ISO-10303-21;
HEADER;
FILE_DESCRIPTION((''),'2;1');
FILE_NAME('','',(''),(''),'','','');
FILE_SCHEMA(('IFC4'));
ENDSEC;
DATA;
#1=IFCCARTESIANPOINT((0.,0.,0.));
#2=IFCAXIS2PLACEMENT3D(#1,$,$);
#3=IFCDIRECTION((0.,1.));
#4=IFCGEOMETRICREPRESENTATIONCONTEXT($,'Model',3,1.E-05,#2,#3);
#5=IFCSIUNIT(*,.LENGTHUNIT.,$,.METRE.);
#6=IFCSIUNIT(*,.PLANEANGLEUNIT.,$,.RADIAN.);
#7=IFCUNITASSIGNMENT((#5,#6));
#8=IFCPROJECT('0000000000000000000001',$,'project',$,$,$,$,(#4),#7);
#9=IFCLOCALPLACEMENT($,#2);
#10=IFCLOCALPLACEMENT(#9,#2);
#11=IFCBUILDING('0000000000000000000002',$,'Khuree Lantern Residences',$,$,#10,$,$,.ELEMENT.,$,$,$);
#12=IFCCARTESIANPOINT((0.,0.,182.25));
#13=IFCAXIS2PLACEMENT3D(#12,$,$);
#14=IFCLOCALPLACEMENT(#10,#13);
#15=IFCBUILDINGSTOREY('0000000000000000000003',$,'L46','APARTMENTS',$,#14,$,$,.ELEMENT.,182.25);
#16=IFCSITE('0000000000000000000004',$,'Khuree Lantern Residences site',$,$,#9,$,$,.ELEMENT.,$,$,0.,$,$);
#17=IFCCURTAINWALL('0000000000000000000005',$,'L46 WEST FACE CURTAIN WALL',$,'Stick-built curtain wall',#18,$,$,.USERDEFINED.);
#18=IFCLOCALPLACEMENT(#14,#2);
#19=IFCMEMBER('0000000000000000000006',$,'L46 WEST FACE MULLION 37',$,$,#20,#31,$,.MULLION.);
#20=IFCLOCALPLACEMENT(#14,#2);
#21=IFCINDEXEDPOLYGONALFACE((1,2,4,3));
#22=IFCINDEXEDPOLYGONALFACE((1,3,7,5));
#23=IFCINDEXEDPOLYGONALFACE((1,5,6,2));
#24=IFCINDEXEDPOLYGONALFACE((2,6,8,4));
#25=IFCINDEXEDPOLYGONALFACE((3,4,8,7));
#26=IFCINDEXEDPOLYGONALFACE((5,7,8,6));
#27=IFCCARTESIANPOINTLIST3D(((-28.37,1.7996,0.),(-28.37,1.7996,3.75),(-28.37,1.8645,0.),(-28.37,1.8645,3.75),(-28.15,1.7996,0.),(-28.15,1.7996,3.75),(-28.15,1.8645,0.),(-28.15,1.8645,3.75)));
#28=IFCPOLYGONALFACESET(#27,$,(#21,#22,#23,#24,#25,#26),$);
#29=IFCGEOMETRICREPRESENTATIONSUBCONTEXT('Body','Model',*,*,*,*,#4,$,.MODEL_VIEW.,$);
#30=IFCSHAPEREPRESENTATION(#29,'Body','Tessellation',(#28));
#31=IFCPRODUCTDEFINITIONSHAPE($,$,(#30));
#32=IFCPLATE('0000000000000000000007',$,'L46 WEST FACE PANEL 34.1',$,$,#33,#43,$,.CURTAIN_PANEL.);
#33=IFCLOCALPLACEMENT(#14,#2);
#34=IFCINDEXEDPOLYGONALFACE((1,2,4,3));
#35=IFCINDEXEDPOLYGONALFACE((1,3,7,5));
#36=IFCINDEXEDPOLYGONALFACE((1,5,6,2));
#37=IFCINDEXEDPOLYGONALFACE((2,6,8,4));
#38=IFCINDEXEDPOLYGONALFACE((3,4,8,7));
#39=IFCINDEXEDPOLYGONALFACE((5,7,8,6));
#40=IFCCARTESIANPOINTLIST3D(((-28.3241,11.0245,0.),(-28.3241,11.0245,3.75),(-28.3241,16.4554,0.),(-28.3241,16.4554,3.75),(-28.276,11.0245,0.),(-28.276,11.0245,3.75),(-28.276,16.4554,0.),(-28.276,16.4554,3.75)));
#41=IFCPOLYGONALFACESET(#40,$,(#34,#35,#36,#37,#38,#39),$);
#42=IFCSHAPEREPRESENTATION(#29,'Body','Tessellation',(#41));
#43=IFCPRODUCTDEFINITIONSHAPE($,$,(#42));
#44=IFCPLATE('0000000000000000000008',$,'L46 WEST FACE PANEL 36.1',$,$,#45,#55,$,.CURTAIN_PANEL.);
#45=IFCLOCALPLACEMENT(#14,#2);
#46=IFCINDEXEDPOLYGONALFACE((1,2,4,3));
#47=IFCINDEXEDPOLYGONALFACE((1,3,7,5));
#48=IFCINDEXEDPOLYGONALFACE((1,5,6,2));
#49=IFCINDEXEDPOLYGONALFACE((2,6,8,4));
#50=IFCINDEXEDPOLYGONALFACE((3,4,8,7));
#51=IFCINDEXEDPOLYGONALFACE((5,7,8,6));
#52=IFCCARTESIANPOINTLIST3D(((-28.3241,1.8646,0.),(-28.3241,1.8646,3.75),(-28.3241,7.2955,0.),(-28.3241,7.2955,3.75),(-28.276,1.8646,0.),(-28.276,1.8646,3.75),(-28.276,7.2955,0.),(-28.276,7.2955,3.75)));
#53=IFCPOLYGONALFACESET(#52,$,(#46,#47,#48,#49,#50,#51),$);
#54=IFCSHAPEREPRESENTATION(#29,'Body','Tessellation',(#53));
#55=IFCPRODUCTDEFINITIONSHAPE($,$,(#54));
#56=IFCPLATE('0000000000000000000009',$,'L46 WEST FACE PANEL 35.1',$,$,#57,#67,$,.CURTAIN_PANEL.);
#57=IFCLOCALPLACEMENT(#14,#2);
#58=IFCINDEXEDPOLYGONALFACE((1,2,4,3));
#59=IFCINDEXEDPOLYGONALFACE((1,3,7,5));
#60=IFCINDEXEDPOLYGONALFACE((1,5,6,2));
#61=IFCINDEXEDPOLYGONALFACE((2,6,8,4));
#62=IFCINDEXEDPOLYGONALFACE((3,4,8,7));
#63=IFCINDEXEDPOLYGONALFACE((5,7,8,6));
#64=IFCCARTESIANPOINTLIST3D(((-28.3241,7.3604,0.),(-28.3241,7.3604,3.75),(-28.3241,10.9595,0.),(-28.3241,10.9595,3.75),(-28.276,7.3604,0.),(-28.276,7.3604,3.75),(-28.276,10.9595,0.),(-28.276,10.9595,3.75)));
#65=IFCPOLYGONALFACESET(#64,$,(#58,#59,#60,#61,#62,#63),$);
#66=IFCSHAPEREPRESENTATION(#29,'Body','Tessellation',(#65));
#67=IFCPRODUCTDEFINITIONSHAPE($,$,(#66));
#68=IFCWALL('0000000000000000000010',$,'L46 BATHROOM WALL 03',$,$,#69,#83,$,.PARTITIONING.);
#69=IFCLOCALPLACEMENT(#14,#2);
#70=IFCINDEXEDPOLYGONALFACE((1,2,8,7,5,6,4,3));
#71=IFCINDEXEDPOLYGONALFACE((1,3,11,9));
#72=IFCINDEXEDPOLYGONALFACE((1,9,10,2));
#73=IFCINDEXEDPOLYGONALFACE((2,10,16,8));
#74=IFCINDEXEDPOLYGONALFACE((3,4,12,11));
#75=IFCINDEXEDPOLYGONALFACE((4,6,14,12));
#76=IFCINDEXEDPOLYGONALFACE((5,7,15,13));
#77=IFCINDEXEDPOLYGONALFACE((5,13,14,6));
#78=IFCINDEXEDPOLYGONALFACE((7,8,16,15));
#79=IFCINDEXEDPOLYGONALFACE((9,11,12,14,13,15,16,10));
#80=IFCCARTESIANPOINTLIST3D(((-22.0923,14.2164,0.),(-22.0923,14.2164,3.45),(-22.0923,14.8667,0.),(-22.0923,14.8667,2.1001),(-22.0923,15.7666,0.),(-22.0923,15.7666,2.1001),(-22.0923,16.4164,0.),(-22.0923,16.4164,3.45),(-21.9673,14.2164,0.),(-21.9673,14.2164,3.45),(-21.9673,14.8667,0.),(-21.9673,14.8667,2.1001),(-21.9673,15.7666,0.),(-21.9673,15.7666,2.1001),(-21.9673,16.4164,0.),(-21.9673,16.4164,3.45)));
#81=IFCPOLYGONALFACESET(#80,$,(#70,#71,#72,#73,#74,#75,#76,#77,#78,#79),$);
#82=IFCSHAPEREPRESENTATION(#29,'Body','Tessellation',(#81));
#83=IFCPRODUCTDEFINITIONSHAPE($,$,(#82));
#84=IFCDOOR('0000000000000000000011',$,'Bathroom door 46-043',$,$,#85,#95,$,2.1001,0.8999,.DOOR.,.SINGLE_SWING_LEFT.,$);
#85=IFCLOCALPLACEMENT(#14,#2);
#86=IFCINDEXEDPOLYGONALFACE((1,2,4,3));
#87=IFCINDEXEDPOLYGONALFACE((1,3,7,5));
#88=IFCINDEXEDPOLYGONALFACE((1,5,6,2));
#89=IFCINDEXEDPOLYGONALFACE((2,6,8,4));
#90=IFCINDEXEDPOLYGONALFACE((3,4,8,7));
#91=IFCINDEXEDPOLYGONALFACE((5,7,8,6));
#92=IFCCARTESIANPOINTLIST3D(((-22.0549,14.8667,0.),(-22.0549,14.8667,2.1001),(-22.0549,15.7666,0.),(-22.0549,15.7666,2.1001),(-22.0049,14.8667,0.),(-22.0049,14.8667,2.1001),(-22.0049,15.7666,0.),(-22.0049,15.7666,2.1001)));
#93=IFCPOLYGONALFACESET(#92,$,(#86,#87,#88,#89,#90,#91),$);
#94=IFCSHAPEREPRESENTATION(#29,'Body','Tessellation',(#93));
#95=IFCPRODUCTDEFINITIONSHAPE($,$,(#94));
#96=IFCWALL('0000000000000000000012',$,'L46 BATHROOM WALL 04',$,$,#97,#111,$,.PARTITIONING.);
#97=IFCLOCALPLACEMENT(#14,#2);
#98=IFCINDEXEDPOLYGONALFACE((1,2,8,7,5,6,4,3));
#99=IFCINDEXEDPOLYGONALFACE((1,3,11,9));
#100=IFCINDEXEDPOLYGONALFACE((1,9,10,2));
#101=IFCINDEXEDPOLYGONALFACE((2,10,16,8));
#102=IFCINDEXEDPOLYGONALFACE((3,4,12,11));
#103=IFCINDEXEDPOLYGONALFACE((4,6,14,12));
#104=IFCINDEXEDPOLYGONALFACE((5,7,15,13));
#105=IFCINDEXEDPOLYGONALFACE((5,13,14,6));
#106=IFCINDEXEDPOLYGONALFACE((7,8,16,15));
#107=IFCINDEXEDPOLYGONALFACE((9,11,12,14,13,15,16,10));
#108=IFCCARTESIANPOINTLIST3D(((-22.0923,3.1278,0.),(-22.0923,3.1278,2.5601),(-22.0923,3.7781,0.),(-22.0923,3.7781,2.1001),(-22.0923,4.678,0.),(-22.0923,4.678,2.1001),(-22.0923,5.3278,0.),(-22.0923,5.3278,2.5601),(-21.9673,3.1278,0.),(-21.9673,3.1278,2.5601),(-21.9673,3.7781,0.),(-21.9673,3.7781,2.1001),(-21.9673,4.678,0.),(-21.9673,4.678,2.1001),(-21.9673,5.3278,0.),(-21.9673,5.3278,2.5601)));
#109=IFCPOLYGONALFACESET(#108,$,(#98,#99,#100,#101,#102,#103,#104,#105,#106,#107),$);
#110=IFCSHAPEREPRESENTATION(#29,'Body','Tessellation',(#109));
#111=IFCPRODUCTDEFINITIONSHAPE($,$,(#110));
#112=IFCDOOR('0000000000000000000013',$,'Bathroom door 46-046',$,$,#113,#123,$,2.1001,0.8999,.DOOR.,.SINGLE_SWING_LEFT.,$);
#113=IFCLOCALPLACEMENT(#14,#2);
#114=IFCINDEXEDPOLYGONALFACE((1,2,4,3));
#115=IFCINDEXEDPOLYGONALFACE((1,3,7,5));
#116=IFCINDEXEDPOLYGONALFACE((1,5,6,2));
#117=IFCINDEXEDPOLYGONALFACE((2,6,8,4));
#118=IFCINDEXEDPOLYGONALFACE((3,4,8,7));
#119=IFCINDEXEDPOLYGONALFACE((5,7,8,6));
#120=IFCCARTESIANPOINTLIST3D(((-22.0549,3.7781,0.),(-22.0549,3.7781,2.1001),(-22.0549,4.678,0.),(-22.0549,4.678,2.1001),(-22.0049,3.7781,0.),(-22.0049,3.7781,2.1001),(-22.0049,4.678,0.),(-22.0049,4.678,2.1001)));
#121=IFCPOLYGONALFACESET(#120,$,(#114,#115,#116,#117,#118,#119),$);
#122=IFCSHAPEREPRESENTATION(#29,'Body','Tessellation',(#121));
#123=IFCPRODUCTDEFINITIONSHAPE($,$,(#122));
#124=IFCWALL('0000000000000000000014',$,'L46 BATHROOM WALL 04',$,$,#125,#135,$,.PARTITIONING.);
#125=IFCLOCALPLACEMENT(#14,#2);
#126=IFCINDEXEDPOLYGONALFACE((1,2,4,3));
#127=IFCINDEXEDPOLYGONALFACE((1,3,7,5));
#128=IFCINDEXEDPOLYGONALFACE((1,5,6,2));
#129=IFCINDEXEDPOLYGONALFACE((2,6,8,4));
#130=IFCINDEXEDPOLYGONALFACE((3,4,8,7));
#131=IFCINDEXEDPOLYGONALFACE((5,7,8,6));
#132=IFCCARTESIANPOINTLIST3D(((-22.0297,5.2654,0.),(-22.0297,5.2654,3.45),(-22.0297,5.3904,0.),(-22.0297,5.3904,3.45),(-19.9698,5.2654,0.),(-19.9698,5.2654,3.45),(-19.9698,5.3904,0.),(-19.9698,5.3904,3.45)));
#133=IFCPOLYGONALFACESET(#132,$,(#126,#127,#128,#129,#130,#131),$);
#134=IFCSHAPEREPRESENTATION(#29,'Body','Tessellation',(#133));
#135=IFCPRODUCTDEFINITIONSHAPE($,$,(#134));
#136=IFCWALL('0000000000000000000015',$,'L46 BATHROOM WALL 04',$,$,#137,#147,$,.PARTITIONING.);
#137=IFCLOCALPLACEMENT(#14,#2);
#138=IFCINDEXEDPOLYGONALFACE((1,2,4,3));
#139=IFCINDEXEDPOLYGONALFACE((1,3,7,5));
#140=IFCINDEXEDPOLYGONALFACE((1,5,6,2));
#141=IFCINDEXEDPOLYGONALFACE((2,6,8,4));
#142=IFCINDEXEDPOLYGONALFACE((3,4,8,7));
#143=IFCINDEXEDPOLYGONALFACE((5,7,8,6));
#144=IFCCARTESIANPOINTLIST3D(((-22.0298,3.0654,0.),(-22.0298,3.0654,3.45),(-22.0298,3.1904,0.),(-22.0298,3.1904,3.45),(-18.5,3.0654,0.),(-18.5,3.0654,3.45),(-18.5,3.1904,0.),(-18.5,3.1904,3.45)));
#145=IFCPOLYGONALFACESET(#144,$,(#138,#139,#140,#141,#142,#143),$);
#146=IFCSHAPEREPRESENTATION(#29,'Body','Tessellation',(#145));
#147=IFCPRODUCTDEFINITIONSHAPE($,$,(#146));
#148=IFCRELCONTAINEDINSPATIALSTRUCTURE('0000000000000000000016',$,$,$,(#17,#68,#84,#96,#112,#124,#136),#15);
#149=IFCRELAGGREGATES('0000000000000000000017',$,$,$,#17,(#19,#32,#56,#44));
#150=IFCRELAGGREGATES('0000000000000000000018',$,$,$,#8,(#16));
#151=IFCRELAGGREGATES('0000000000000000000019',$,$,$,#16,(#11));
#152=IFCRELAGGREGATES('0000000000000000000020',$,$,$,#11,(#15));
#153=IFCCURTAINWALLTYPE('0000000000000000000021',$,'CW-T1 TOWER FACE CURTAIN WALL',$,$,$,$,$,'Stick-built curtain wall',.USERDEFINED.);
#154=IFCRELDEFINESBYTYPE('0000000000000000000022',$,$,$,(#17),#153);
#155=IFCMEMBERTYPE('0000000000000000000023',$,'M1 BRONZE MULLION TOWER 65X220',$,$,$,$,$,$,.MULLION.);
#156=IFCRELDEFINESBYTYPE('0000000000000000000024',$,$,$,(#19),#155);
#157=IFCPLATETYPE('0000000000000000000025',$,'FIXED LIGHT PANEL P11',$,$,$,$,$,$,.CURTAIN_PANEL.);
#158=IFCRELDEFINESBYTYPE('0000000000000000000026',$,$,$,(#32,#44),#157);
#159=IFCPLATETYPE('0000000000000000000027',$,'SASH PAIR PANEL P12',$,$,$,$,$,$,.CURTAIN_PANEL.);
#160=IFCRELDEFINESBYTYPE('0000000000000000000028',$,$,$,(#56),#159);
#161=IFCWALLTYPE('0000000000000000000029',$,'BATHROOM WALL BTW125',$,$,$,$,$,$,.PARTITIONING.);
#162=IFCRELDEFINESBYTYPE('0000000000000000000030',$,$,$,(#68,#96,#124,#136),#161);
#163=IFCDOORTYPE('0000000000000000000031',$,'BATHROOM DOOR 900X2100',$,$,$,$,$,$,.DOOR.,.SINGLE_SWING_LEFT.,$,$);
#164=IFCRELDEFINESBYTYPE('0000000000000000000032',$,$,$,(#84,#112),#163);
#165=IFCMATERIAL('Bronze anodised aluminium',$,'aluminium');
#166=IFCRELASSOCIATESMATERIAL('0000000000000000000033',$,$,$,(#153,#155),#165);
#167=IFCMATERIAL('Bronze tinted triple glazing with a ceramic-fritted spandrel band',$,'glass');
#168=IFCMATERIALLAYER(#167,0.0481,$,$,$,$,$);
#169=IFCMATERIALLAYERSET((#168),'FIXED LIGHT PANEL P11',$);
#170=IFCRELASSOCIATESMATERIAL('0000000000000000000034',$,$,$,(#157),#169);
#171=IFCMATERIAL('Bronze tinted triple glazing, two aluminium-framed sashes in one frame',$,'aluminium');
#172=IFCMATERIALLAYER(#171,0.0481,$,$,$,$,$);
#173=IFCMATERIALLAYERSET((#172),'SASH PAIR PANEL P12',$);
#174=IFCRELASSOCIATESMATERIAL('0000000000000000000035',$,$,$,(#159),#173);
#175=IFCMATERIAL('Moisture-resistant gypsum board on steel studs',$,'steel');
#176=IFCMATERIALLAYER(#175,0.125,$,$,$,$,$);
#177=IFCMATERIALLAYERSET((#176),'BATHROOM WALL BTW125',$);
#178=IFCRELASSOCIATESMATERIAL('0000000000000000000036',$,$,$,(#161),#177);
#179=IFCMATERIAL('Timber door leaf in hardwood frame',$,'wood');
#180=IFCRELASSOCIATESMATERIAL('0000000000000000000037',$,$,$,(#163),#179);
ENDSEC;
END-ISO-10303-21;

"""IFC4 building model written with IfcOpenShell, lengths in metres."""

from ifc_helpers import new_model, si_unit, direction, frame, frame_2d, origin, origin_2d, place, context, subcontext, project, spatial, rectangle, extrude, material, layer, layer_set, material_profile, profile_set, type_object, element, fill, aggregate, save


model = new_model("IFC4")

# Units and contexts
model_context = context("Model", 3, precision=1e-05, world=origin(), true_north=direction((0.0, 1.0)))
body_context = subcontext(model_context, "Body", "Model", "MODEL_VIEW")
ifc_project = project(units=[si_unit("LENGTHUNIT", "METRE"), si_unit("PLANEANGLEUNIT", "RADIAN")], contexts=[model_context])

# Site, building, storey
site_placement = place(None, origin())
site = spatial("IfcSite", under=ifc_project, at=site_placement, Name="Khuree Lantern Residences site", CompositionType="ELEMENT", RefElevation=0.0)
building_placement = place(site_placement, origin())
building = spatial("IfcBuilding", under=site, at=building_placement, Name="Khuree Lantern Residences", CompositionType="ELEMENT")
storey_placement = place(building_placement, frame((0.0, 0.0, 182.25)))
storey = spatial("IfcBuildingStorey", under=building, at=storey_placement, Name="L46", Description="APARTMENTS", CompositionType="ELEMENT", Elevation=182.25)

# Curtain wall
ifc_material_1 = material(Name="Bronze anodised aluminium", Category="aluminium")
curtain_wall_type = type_object("IfcCurtainWallType", Name="CW-T1 TOWER FACE CURTAIN WALL", ElementType="Stick-built curtain wall", PredefinedType="USERDEFINED", material=ifc_material_1)
curtain_wall_placement = place(storey_placement, origin())
curtain_wall = element("IfcCurtainWall", 1, at=curtain_wall_placement, inside=storey, type_object=curtain_wall_type, Name="L46 WEST FACE CURTAIN WALL", ObjectType="Stick-built curtain wall", PredefinedType="USERDEFINED")

# Member
ifc_material_profile_1 = material_profile(ifc_material_1, rectangle(XDim=0.0649, YDim=0.22, at=origin_2d()), Name="M1 65X220")
ifc_profile_set_1 = profile_set([ifc_material_profile_1], Name="Bronze anodised aluminium")
member_type_1 = type_object("IfcMemberType", Name="M1 BRONZE MULLION TOWER 65X220", PredefinedType="MULLION", material=ifc_profile_set_1)
member_1_placement = place(storey_placement, frame((-28.26, 1.832, 0.0), z_axis=(0.0, 0.0, 1.0), x_axis=(0.0, -1.0, 0.0)))
member_1 = element("IfcMember", 2, at=member_1_placement, type_object=member_type_1, Name="L46 WEST FACE MULLION 37", PredefinedType="MULLION", context=body_context, shape_type="SweptSolid", body=[
    extrude(rectangle(XDim=0.0649, YDim=0.22, at=origin_2d()), origin(), (0.0, 0.0, 1.0), 3.75),
])

# Plates
ifc_material_2 = material(Name="Bronze tinted triple glazing with a ceramic-fritted spandrel band", Category="glass")
ifc_layer_1 = layer(ifc_material_2, 0.0481)
ifc_layer_set_1 = layer_set([ifc_layer_1], Name="FIXED LIGHT PANEL P11")
plate_type_1 = type_object("IfcPlateType", Name="FIXED LIGHT PANEL P11", PredefinedType="CURTAIN_PANEL", material=ifc_layer_set_1)
plate_1_placement = place(storey_placement, frame((-28.3, 13.74, 0.0), z_axis=(0.0, 0.0, 1.0), x_axis=(0.0, -1.0, 0.0)))
plate_1 = element("IfcPlate", 3, at=plate_1_placement, type_object=plate_type_1, Name="L46 WEST FACE PANEL 34.1", PredefinedType="CURTAIN_PANEL", context=body_context, shape_type="SweptSolid", body=[
    extrude(rectangle(XDim=5.4309, YDim=0.0481, at=origin_2d()), origin(), (0.0, 0.0, 1.0), 3.75),
])
plate_2_placement = place(storey_placement, frame((-28.3, 4.5801, 0.0), z_axis=(0.0, 0.0, 1.0), x_axis=(0.0, -1.0, 0.0)))
plate_2 = element("IfcPlate", 4, at=plate_2_placement, type_object=plate_type_1, Name="L46 WEST FACE PANEL 36.1", PredefinedType="CURTAIN_PANEL", context=body_context, shape_type="SweptSolid", body=[
    extrude(rectangle(XDim=5.4309, YDim=0.0481, at=origin_2d()), origin(), (0.0, 0.0, 1.0), 3.75),
])
ifc_material_3 = material(Name="Bronze tinted triple glazing, two aluminium-framed sashes in one frame", Category="aluminium")
ifc_layer_2 = layer(ifc_material_3, 0.0481)
ifc_layer_set_2 = layer_set([ifc_layer_2], Name="SASH PAIR PANEL P12")
plate_type_2 = type_object("IfcPlateType", Name="SASH PAIR PANEL P12", PredefinedType="CURTAIN_PANEL", material=ifc_layer_set_2)
plate_3_placement = place(storey_placement, frame((-28.3, 9.1599, 0.0), z_axis=(0.0, 0.0, 1.0), x_axis=(0.0, -1.0, 0.0)))
plate_3 = element("IfcPlate", 5, at=plate_3_placement, type_object=plate_type_2, Name="L46 WEST FACE PANEL 35.1", PredefinedType="CURTAIN_PANEL", context=body_context, shape_type="SweptSolid", body=[
    extrude(rectangle(XDim=3.5991, YDim=0.0481, at=origin_2d()), origin(), (0.0, 0.0, 1.0), 3.75),
])
aggregate(curtain_wall, [member_1, plate_1, plate_3, plate_2])

# Walls, openings, doors
ifc_material_4 = material(Name="Moisture-resistant gypsum board on steel studs", Category="steel")
ifc_layer_3 = layer(ifc_material_4, 0.125)
ifc_layer_set_3 = layer_set([ifc_layer_3], Name="BATHROOM WALL BTW125")
wall_type_1 = type_object("IfcWallType", Name="BATHROOM WALL BTW125", PredefinedType="PARTITIONING", material=ifc_layer_set_3)
wall_1_placement = place(storey_placement, frame((-22.0298, 16.4165, 0.0), z_axis=(0.0, 0.0, 1.0), x_axis=(0.0, -1.0, 0.0)))
wall_1 = element("IfcWall", 6, at=wall_1_placement, inside=storey, type_object=wall_type_1, Name="L46 BATHROOM WALL 03", PredefinedType="PARTITIONING", context=body_context, shape_type="SweptSolid", body=[
    extrude(rectangle(XDim=2.2, YDim=0.125, at=frame_2d((1.1001, 0.0))), origin(), (0.0, 0.0, 1.0), 3.45),
])
opening_1_placement = place(wall_1_placement, frame((0.6499, 0.0, 0.0)))
opening_1 = element("IfcOpeningElement", 7, at=opening_1_placement, cuts=wall_1, PredefinedType="OPENING", context=body_context, shape_type="SweptSolid", body=[
    extrude(rectangle(XDim=0.8999, YDim=2.1001, at=frame_2d((0.45, 1.05))), frame((0.0, 0.0725, 0.0), z_axis=(0.0, -1.0, 0.0), x_axis=(1.0, 0.0, 0.0)), (0.0, 0.0, 1.0), 0.145),
])
ifc_material_5 = material(Name="Timber door leaf in hardwood frame", Category="wood")
door_type_1 = type_object("IfcDoorType", Name="BATHROOM DOOR 900X2100", OperationType="SINGLE_SWING_LEFT", PredefinedType="DOOR", material=ifc_material_5)
door_1_placement = place(opening_1_placement, origin())
door_1 = element("IfcDoor", 8, at=door_1_placement, inside=storey, type_object=door_type_1, Name="Bathroom door 46-043", OperationType="SINGLE_SWING_LEFT", OverallHeight=2.1001, OverallWidth=0.8999, PredefinedType="DOOR", context=body_context, shape_type="SweptSolid", body=[
    extrude(rectangle(XDim=0.8999, YDim=2.1001, at=frame_2d((0.45, 1.05))), frame((0.0, 0.0249, 0.0), z_axis=(0.0, -1.0, 0.0), x_axis=(1.0, 0.0, 0.0)), (0.0, 0.0, 1.0), 0.05),
])
fill(opening_1, door_1)
wall_2_placement = place(storey_placement, frame((-22.0298, 5.3279, 0.0), z_axis=(0.0, 0.0, 1.0), x_axis=(0.0, -1.0, 0.0)))
wall_2 = element("IfcWall", 9, at=wall_2_placement, inside=storey, type_object=wall_type_1, Name="L46 BATHROOM WALL 04", PredefinedType="PARTITIONING", context=body_context, shape_type="SweptSolid", body=[
    extrude(rectangle(XDim=2.2, YDim=0.125, at=frame_2d((1.1001, 0.0))), origin(), (0.0, 0.0, 1.0), 2.5601),
])
opening_2_placement = place(wall_2_placement, frame((0.6499, 0.0, 0.0)))
opening_2 = element("IfcOpeningElement", 10, at=opening_2_placement, cuts=wall_2, PredefinedType="OPENING", context=body_context, shape_type="SweptSolid", body=[
    extrude(rectangle(XDim=0.8999, YDim=2.1001, at=frame_2d((0.45, 1.05))), frame((0.0, 0.0725, 0.0), z_axis=(0.0, -1.0, 0.0), x_axis=(1.0, 0.0, 0.0)), (0.0, 0.0, 1.0), 0.145),
])
door_2_placement = place(opening_2_placement, origin())
door_2 = element("IfcDoor", 11, at=door_2_placement, inside=storey, type_object=door_type_1, Name="Bathroom door 46-046", OperationType="SINGLE_SWING_LEFT", OverallHeight=2.1001, OverallWidth=0.8999, PredefinedType="DOOR", context=body_context, shape_type="SweptSolid", body=[
    extrude(rectangle(XDim=0.8999, YDim=2.1001, at=frame_2d((0.45, 1.05))), frame((0.0, 0.0249, 0.0), z_axis=(0.0, -1.0, 0.0), x_axis=(1.0, 0.0, 0.0)), (0.0, 0.0, 1.0), 0.05),
])
fill(opening_2, door_2)

# Walls
wall_3_placement = place(storey_placement, frame((-19.97, 5.3279, 0.0), z_axis=(0.0, 0.0, 1.0), x_axis=(-1.0, 0.0, 0.0)))
element("IfcWall", 12, at=wall_3_placement, inside=storey, type_object=wall_type_1, Name="L46 BATHROOM WALL 04", PredefinedType="PARTITIONING", context=body_context, shape_type="SweptSolid", body=[
    extrude(rectangle(XDim=2.0598, YDim=0.125, at=frame_2d((1.0298, 0.0))), origin(), (0.0, 0.0, 1.0), 3.45),
])
wall_4_placement = place(storey_placement, frame((-18.5, 3.1279, 0.0), z_axis=(0.0, 0.0, 1.0), x_axis=(-1.0, 0.0, 0.0)))
element("IfcWall", 13, at=wall_4_placement, inside=storey, type_object=wall_type_1, Name="L46 BATHROOM WALL 04", PredefinedType="PARTITIONING", context=body_context, shape_type="SweptSolid", body=[
    extrude(rectangle(XDim=3.5298, YDim=0.125, at=frame_2d((1.7649, 0.0))), origin(), (0.0, 0.0, 1.0), 3.45),
])

save(model, "model.ifc")
